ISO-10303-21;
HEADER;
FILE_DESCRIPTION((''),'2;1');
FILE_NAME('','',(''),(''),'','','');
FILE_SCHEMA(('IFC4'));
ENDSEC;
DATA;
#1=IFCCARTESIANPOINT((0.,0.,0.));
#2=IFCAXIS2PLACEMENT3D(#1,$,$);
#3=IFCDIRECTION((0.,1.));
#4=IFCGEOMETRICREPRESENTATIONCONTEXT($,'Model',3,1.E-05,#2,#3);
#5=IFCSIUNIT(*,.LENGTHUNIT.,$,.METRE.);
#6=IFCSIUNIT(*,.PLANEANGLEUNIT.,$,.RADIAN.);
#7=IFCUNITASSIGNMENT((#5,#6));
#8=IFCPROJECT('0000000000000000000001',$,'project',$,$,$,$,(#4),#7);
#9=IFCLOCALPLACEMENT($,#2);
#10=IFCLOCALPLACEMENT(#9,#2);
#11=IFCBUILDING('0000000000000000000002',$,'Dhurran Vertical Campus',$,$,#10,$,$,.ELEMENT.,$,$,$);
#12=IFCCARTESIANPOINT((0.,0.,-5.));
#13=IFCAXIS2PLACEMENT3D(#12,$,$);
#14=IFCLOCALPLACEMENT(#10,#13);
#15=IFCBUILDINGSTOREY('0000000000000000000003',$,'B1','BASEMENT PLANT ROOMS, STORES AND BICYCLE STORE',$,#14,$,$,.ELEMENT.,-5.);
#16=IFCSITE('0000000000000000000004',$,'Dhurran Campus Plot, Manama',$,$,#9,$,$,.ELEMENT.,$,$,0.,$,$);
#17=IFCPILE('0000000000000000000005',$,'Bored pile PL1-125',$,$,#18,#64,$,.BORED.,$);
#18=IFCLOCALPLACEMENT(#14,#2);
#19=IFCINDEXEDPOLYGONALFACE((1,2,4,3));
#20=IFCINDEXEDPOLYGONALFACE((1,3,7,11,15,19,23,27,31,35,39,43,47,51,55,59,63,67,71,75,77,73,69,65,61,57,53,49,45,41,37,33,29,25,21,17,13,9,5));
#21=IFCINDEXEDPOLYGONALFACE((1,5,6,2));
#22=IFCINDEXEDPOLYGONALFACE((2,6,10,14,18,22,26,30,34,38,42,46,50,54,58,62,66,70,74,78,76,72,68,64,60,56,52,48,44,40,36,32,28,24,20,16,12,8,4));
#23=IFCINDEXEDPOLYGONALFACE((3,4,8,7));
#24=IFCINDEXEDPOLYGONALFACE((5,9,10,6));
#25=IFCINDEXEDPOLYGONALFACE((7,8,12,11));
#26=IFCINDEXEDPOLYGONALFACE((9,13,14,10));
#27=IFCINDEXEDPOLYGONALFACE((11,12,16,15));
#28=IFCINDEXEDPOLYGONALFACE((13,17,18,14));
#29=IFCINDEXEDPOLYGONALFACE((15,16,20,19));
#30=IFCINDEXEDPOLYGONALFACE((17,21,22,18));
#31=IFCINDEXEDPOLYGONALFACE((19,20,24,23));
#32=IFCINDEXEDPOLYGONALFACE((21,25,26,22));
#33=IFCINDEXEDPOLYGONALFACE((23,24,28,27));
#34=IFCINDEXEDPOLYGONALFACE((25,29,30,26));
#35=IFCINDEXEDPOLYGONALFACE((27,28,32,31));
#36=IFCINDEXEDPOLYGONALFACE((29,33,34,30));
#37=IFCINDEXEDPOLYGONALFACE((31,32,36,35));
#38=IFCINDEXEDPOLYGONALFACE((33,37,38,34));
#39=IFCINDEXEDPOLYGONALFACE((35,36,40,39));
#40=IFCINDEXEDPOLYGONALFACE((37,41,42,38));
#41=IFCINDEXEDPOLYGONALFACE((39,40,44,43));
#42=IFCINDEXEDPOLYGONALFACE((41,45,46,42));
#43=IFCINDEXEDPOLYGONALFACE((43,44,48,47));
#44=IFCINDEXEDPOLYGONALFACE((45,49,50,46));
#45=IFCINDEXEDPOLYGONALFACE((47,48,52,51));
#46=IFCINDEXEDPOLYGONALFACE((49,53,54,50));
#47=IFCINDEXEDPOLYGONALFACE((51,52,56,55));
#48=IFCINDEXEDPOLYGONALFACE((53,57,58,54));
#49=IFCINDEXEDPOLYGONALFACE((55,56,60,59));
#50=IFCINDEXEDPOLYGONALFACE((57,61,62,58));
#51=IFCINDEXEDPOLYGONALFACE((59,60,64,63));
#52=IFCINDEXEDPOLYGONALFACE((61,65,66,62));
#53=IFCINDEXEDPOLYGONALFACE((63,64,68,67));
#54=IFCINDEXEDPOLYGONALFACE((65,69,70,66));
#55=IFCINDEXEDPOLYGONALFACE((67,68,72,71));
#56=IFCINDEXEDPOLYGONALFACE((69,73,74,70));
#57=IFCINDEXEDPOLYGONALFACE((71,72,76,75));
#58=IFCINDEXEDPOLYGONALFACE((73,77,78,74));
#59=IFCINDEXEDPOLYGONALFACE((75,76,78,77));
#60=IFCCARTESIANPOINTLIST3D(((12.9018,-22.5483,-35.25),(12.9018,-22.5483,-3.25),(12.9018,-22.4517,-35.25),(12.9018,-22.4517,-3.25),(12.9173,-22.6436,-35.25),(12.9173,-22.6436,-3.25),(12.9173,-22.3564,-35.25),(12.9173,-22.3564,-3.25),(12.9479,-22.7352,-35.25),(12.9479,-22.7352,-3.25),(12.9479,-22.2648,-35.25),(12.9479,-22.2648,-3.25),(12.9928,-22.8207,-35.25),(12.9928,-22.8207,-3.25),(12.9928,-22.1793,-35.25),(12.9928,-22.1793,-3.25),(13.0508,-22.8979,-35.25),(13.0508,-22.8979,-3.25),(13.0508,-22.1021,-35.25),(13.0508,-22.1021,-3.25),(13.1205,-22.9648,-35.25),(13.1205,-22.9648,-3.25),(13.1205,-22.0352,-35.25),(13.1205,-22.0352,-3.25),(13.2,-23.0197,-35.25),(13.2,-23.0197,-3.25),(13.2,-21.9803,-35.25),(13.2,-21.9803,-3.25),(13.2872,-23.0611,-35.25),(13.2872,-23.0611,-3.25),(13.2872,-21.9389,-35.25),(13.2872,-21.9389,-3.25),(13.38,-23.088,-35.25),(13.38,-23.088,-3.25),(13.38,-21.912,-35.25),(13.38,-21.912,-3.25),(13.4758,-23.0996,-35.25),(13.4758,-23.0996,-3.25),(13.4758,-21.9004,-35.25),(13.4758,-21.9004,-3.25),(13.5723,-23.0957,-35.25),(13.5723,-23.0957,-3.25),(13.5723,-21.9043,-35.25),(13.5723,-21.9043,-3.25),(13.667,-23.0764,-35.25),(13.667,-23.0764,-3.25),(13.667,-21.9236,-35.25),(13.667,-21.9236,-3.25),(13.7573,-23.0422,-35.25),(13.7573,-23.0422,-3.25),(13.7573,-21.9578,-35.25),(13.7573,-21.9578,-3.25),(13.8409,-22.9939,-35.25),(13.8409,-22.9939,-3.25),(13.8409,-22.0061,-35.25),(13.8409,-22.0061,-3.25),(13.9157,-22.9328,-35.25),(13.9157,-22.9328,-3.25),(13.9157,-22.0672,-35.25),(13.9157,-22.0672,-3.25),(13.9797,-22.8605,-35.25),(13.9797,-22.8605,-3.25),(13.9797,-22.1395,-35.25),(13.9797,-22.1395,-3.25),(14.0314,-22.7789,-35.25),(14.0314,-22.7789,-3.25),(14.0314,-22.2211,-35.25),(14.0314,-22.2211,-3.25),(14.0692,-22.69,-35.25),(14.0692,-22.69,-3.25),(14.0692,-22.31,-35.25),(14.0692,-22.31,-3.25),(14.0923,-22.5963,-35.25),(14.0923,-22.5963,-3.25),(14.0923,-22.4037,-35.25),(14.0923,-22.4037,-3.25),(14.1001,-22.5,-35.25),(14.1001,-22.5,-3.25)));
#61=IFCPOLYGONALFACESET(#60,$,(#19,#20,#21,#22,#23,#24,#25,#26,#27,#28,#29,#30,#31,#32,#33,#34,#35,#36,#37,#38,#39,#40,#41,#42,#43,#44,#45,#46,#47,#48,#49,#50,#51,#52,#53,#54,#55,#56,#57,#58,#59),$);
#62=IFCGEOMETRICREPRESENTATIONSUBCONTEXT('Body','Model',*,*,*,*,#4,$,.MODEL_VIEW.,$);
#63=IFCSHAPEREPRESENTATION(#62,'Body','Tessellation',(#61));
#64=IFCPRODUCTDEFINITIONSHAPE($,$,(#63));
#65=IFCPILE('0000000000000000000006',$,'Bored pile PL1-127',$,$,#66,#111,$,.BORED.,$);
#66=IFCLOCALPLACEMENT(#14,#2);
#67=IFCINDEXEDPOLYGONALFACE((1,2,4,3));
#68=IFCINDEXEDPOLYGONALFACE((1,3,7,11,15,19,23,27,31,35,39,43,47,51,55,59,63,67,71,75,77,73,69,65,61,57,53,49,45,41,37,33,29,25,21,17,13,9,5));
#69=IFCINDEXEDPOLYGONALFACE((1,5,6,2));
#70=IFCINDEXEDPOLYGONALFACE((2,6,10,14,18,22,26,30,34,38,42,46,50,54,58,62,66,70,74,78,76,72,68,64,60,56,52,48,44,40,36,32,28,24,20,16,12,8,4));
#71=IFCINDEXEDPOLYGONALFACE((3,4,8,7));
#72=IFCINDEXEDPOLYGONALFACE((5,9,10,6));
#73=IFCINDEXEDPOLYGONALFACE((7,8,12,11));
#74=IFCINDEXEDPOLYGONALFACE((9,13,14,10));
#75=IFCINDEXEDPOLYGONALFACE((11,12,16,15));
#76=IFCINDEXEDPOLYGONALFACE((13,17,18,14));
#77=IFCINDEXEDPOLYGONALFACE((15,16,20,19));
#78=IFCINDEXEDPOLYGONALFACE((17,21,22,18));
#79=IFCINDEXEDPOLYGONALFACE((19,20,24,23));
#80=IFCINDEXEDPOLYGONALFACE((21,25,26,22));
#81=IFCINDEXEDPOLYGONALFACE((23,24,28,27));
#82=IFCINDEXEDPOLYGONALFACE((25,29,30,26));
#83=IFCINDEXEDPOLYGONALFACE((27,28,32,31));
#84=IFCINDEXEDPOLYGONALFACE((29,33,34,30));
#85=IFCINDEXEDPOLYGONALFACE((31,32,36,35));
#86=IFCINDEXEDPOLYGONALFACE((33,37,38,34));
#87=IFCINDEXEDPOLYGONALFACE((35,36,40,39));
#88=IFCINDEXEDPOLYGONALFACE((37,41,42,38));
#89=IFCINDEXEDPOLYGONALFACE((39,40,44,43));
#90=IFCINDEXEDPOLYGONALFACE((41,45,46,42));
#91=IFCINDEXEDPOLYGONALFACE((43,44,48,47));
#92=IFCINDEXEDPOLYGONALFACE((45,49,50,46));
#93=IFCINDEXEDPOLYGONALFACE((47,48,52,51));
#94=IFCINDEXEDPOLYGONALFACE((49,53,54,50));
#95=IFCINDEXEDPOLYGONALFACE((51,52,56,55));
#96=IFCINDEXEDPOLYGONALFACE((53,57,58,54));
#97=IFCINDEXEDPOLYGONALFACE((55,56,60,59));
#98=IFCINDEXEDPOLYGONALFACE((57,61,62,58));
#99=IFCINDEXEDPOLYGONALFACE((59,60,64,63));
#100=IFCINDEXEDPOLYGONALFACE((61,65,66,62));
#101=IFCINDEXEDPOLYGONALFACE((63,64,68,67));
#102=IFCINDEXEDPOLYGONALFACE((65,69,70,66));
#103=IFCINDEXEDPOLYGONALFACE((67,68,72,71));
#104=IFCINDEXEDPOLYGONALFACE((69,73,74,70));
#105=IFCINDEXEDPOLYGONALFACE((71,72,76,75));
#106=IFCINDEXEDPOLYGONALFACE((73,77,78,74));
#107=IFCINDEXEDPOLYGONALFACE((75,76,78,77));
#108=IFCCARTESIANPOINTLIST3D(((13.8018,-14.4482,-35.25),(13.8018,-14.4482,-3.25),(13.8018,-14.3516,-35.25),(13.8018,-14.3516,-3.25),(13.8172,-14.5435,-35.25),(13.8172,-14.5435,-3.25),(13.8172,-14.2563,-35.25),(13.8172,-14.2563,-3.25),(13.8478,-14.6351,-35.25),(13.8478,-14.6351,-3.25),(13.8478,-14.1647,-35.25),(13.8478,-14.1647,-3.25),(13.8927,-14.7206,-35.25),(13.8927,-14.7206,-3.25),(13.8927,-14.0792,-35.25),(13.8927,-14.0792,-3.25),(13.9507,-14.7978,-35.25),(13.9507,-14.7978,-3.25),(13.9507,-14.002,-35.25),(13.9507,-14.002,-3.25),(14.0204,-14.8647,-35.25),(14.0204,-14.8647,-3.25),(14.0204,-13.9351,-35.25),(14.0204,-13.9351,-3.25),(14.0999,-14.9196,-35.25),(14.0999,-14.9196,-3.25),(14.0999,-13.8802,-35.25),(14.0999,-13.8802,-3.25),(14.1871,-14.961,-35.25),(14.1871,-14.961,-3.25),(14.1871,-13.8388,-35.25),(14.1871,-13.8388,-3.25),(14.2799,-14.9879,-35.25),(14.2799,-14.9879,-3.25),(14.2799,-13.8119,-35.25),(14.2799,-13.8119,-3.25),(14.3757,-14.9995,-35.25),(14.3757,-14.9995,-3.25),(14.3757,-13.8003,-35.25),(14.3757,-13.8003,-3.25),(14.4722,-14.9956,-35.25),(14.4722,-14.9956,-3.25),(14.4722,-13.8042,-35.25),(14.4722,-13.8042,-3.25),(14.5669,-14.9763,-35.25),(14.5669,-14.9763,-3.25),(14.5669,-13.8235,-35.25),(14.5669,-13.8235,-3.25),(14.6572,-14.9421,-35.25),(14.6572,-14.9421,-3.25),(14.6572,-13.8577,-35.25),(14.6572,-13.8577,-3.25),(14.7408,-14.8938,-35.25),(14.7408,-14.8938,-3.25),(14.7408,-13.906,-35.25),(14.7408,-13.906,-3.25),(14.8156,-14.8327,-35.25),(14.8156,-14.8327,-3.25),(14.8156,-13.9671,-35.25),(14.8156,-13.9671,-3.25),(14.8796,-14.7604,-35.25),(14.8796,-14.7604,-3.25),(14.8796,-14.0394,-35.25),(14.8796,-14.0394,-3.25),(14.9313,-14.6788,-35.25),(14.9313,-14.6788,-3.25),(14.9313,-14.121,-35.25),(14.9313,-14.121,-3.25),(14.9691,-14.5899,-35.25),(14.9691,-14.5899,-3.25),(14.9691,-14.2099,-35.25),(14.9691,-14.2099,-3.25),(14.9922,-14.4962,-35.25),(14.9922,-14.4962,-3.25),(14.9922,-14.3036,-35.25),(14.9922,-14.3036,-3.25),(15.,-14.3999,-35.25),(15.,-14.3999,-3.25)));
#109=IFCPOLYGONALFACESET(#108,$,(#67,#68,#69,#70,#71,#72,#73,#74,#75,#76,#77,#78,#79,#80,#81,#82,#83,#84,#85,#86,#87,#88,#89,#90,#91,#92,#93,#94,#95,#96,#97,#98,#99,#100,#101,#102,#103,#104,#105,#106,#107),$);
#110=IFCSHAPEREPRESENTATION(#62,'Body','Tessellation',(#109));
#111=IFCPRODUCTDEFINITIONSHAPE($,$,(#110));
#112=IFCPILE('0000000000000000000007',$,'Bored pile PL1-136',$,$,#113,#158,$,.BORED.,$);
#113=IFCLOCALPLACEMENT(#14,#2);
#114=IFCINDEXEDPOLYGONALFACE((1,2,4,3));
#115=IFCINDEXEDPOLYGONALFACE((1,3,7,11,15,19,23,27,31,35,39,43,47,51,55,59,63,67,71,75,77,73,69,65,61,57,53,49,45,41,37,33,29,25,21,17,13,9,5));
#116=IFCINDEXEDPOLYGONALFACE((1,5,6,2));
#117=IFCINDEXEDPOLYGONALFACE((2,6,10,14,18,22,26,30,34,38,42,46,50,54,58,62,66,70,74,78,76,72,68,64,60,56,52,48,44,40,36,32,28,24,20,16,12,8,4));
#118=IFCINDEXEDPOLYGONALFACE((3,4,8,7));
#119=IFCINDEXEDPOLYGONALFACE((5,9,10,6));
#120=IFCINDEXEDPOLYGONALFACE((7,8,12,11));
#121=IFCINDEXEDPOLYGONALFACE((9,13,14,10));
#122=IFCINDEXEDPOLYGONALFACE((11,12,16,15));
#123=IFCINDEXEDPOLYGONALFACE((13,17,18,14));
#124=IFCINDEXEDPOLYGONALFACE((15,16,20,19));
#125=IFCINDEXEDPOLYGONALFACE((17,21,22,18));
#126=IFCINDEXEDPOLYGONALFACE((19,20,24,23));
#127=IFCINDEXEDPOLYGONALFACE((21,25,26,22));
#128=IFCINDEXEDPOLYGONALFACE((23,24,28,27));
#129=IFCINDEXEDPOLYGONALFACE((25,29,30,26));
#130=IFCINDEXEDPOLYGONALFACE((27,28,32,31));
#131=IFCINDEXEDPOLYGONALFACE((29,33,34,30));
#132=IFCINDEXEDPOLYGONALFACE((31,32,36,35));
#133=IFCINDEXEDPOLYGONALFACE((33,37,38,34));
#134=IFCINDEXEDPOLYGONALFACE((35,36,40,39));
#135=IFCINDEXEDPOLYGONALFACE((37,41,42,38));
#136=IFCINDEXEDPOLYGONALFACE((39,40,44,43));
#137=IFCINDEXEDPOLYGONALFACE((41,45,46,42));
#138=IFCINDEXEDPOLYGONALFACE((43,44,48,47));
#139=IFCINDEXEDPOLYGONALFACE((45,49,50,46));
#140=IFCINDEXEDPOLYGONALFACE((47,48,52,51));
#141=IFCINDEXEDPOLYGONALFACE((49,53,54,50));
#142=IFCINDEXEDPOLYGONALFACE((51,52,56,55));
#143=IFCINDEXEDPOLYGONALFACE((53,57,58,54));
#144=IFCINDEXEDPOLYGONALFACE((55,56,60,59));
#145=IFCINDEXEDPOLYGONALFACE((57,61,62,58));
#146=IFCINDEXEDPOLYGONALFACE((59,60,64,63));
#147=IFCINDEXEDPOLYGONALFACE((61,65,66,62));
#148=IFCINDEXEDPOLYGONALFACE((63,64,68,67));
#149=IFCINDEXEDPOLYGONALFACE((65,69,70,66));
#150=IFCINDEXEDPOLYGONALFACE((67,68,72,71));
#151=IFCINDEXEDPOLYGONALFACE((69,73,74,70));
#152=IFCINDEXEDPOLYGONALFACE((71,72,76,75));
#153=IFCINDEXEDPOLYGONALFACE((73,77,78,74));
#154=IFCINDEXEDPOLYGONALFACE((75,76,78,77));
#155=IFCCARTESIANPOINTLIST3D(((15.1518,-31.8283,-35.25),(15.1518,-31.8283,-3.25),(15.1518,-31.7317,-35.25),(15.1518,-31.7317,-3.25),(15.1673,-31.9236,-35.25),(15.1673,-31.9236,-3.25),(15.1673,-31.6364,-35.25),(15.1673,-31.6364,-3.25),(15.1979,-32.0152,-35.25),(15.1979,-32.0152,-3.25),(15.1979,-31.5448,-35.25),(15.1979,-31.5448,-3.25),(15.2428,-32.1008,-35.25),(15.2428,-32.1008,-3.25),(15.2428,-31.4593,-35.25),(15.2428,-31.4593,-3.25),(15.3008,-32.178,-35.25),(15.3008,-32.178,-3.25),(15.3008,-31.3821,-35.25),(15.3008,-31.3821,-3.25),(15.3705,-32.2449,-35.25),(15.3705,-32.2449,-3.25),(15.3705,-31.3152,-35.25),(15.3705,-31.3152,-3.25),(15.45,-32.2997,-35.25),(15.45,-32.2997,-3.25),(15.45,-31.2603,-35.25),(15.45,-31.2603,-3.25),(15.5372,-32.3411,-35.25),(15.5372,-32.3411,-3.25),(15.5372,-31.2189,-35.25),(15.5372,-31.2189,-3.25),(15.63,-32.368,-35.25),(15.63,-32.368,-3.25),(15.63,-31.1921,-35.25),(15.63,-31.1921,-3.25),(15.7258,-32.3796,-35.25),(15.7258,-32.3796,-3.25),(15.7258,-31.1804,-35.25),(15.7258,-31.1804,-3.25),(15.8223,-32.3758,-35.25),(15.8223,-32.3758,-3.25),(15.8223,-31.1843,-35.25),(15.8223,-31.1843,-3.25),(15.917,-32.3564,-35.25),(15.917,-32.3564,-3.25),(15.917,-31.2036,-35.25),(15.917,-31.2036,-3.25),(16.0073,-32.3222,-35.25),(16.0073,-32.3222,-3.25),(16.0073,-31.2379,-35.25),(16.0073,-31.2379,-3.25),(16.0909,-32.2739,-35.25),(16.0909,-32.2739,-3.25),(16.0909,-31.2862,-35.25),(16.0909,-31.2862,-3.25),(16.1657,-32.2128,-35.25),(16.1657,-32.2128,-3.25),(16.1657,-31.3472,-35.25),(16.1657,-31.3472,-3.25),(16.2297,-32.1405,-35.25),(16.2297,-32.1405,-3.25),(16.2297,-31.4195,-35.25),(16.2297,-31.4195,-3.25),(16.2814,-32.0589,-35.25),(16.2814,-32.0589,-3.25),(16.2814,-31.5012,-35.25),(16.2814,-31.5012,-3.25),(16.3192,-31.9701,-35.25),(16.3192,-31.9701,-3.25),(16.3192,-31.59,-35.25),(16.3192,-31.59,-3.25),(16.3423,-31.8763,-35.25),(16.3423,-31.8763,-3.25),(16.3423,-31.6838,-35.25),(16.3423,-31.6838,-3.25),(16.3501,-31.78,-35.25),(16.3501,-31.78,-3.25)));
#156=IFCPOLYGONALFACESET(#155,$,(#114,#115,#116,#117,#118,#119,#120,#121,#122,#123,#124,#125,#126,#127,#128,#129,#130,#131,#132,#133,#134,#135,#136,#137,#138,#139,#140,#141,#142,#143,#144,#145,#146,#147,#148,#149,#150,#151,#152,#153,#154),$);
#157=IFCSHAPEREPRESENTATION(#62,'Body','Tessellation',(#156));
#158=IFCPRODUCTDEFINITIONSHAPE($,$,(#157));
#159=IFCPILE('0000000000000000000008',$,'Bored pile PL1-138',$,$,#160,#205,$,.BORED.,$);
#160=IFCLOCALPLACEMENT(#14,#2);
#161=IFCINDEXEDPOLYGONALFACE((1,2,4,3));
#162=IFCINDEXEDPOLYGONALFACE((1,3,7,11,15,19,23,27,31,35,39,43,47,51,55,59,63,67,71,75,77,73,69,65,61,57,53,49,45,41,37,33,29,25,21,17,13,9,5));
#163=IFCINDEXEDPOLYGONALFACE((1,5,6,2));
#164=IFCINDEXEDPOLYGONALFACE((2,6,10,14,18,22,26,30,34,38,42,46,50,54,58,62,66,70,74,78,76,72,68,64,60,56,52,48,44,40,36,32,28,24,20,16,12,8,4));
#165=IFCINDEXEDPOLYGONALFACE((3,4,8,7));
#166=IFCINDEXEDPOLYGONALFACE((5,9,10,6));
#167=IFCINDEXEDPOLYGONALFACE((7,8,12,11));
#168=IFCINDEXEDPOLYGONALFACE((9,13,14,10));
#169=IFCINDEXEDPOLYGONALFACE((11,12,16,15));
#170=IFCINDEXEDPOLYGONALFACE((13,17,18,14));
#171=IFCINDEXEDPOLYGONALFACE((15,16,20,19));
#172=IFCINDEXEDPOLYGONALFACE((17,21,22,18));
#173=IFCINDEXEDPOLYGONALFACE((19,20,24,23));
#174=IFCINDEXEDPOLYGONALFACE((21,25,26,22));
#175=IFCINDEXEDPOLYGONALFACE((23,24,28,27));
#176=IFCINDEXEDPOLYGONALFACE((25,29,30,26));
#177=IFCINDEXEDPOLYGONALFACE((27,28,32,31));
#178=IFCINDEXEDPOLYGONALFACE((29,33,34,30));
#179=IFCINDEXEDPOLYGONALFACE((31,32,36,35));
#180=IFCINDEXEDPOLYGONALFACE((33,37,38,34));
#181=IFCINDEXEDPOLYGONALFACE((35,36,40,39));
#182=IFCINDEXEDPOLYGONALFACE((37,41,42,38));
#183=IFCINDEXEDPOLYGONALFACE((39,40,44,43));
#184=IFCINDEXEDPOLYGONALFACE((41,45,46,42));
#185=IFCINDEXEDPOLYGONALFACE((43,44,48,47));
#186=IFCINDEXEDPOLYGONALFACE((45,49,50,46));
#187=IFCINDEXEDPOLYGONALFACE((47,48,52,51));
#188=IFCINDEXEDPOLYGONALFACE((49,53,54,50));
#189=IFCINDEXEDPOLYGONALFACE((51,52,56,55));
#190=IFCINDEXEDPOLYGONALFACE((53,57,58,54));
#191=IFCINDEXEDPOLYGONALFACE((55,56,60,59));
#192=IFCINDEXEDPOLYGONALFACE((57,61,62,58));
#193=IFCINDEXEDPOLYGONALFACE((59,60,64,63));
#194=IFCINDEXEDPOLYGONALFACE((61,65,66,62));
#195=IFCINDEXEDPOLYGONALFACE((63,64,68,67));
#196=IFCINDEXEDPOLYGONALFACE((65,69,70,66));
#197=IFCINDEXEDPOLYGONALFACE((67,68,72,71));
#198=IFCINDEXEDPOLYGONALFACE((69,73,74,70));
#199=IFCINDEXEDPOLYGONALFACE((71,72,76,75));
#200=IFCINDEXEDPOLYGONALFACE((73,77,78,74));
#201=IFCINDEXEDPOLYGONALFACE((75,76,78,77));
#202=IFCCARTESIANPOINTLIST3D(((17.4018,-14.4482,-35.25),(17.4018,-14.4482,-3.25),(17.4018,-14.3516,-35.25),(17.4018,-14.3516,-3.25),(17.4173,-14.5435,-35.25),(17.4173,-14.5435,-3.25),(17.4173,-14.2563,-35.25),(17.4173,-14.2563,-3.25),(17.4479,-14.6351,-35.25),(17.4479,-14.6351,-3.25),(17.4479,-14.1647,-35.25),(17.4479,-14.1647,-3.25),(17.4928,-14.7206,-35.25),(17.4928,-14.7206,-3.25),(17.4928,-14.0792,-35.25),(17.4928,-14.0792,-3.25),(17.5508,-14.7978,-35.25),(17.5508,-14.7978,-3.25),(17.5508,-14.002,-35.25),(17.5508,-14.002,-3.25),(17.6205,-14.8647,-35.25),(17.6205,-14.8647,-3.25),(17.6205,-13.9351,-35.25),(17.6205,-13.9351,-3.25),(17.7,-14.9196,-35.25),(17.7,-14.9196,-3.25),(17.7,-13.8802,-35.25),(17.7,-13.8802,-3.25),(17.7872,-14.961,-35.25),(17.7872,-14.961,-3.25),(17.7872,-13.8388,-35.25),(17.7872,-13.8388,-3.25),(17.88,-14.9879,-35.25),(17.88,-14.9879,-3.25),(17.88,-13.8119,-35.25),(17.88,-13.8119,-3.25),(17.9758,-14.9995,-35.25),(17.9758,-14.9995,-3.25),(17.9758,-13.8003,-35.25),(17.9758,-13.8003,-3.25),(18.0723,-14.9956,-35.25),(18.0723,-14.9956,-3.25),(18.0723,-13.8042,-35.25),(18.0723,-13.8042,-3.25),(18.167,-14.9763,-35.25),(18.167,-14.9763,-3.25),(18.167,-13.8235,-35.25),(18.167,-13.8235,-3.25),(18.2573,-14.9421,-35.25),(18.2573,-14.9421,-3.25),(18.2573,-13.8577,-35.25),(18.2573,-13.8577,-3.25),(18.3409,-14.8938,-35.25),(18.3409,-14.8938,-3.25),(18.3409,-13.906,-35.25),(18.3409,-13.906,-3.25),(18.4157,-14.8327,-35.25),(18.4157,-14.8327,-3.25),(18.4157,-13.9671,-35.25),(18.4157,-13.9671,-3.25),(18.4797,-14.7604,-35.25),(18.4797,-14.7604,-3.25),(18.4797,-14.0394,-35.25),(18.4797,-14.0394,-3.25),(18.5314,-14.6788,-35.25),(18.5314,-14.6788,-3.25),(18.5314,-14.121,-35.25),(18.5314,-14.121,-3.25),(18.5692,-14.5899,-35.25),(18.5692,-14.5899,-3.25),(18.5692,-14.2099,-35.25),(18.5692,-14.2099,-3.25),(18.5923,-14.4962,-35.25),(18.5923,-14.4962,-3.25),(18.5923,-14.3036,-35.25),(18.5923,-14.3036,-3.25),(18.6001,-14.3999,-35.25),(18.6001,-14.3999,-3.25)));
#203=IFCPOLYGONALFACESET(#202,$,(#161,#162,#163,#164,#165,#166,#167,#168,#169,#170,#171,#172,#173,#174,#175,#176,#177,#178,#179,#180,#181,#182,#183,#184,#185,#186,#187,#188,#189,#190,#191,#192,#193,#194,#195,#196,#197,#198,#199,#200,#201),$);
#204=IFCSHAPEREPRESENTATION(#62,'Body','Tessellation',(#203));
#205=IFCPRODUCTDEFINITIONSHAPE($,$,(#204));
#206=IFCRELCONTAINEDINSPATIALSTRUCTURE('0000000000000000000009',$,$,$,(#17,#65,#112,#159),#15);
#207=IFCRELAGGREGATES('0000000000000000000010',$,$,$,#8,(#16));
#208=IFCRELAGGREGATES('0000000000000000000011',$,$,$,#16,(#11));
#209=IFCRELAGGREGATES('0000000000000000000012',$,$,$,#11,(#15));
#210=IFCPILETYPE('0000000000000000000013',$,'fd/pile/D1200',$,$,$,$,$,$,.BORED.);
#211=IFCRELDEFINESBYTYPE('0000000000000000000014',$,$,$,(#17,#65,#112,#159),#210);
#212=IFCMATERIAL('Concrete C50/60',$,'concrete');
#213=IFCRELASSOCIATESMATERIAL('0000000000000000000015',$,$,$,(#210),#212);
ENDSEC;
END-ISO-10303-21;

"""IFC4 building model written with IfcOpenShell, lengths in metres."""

from ifc_helpers import new_model, si_unit, direction, frame, origin, origin_2d, place, context, subcontext, project, spatial, circle, extrude, material, material_profile, profile_set, type_object, element, save


model = new_model("IFC4")

# Units and contexts
model_context = context("Model", 3, precision=1e-05, world=origin(), true_north=direction((0.0, 1.0)))
body_context = subcontext(model_context, "Body", "Model", "MODEL_VIEW")
ifc_project = project(units=[si_unit("LENGTHUNIT", "METRE"), si_unit("PLANEANGLEUNIT", "RADIAN")], contexts=[model_context])

# Site, building, storey
site_placement = place(None, origin())
site = spatial("IfcSite", under=ifc_project, at=site_placement, Name="Dhurran Campus Plot, Manama", CompositionType="ELEMENT", RefElevation=0.0)
building_placement = place(site_placement, origin())
building = spatial("IfcBuilding", under=site, at=building_placement, Name="Dhurran Vertical Campus", CompositionType="ELEMENT")
storey_placement = place(building_placement, frame((0.0, 0.0, -5.0)))
storey = spatial("IfcBuildingStorey", under=building, at=storey_placement, Name="B1", Description="BASEMENT PLANT ROOMS, STORES AND BICYCLE STORE", CompositionType="ELEMENT", Elevation=-5.0)

# Piles
ifc_material_1 = material(Name="Concrete C50/60", Category="concrete")
ifc_material_profile_1 = material_profile(ifc_material_1, circle(Radius=0.6001, at=origin_2d()), Name="fd/pile/D1200")
ifc_profile_set_1 = profile_set([ifc_material_profile_1], Name="Concrete C50/60")
pile_type = type_object("IfcPileType", Name="fd/pile/D1200", PredefinedType="BORED", material=ifc_profile_set_1)
for number, where, z_axis, x_axis, name in (
    (1, (13.5, -22.5, -3.25), (0.0, 0.0, -1.0), (1.0, 0.0, 0.0), "Bored pile PL1-125"),
    (2, (14.3999, -14.3999, -3.25), (0.0, 0.0, -1.0), (1.0, 0.0, 0.0), "Bored pile PL1-127"),
    (3, (15.75, -31.78, -3.25), (0.0, 0.0, -1.0), (1.0, 0.0, 0.0), "Bored pile PL1-136"),
    (4, (18.0, -14.3999, -3.25), (0.0, 0.0, -1.0), (1.0, 0.0, 0.0), "Bored pile PL1-138"),
):
    element("IfcPile", number, at=place(storey_placement, frame(where, z_axis=z_axis, x_axis=x_axis)), inside=storey, type_object=pile_type, Name=name, PredefinedType="BORED", context=body_context, shape_type="SweptSolid", body=[
        extrude(circle(Radius=0.6001, at=origin_2d()), origin(), (0.0, 0.0, 1.0), 32.0),
    ])

save(model, "model.ifc")
